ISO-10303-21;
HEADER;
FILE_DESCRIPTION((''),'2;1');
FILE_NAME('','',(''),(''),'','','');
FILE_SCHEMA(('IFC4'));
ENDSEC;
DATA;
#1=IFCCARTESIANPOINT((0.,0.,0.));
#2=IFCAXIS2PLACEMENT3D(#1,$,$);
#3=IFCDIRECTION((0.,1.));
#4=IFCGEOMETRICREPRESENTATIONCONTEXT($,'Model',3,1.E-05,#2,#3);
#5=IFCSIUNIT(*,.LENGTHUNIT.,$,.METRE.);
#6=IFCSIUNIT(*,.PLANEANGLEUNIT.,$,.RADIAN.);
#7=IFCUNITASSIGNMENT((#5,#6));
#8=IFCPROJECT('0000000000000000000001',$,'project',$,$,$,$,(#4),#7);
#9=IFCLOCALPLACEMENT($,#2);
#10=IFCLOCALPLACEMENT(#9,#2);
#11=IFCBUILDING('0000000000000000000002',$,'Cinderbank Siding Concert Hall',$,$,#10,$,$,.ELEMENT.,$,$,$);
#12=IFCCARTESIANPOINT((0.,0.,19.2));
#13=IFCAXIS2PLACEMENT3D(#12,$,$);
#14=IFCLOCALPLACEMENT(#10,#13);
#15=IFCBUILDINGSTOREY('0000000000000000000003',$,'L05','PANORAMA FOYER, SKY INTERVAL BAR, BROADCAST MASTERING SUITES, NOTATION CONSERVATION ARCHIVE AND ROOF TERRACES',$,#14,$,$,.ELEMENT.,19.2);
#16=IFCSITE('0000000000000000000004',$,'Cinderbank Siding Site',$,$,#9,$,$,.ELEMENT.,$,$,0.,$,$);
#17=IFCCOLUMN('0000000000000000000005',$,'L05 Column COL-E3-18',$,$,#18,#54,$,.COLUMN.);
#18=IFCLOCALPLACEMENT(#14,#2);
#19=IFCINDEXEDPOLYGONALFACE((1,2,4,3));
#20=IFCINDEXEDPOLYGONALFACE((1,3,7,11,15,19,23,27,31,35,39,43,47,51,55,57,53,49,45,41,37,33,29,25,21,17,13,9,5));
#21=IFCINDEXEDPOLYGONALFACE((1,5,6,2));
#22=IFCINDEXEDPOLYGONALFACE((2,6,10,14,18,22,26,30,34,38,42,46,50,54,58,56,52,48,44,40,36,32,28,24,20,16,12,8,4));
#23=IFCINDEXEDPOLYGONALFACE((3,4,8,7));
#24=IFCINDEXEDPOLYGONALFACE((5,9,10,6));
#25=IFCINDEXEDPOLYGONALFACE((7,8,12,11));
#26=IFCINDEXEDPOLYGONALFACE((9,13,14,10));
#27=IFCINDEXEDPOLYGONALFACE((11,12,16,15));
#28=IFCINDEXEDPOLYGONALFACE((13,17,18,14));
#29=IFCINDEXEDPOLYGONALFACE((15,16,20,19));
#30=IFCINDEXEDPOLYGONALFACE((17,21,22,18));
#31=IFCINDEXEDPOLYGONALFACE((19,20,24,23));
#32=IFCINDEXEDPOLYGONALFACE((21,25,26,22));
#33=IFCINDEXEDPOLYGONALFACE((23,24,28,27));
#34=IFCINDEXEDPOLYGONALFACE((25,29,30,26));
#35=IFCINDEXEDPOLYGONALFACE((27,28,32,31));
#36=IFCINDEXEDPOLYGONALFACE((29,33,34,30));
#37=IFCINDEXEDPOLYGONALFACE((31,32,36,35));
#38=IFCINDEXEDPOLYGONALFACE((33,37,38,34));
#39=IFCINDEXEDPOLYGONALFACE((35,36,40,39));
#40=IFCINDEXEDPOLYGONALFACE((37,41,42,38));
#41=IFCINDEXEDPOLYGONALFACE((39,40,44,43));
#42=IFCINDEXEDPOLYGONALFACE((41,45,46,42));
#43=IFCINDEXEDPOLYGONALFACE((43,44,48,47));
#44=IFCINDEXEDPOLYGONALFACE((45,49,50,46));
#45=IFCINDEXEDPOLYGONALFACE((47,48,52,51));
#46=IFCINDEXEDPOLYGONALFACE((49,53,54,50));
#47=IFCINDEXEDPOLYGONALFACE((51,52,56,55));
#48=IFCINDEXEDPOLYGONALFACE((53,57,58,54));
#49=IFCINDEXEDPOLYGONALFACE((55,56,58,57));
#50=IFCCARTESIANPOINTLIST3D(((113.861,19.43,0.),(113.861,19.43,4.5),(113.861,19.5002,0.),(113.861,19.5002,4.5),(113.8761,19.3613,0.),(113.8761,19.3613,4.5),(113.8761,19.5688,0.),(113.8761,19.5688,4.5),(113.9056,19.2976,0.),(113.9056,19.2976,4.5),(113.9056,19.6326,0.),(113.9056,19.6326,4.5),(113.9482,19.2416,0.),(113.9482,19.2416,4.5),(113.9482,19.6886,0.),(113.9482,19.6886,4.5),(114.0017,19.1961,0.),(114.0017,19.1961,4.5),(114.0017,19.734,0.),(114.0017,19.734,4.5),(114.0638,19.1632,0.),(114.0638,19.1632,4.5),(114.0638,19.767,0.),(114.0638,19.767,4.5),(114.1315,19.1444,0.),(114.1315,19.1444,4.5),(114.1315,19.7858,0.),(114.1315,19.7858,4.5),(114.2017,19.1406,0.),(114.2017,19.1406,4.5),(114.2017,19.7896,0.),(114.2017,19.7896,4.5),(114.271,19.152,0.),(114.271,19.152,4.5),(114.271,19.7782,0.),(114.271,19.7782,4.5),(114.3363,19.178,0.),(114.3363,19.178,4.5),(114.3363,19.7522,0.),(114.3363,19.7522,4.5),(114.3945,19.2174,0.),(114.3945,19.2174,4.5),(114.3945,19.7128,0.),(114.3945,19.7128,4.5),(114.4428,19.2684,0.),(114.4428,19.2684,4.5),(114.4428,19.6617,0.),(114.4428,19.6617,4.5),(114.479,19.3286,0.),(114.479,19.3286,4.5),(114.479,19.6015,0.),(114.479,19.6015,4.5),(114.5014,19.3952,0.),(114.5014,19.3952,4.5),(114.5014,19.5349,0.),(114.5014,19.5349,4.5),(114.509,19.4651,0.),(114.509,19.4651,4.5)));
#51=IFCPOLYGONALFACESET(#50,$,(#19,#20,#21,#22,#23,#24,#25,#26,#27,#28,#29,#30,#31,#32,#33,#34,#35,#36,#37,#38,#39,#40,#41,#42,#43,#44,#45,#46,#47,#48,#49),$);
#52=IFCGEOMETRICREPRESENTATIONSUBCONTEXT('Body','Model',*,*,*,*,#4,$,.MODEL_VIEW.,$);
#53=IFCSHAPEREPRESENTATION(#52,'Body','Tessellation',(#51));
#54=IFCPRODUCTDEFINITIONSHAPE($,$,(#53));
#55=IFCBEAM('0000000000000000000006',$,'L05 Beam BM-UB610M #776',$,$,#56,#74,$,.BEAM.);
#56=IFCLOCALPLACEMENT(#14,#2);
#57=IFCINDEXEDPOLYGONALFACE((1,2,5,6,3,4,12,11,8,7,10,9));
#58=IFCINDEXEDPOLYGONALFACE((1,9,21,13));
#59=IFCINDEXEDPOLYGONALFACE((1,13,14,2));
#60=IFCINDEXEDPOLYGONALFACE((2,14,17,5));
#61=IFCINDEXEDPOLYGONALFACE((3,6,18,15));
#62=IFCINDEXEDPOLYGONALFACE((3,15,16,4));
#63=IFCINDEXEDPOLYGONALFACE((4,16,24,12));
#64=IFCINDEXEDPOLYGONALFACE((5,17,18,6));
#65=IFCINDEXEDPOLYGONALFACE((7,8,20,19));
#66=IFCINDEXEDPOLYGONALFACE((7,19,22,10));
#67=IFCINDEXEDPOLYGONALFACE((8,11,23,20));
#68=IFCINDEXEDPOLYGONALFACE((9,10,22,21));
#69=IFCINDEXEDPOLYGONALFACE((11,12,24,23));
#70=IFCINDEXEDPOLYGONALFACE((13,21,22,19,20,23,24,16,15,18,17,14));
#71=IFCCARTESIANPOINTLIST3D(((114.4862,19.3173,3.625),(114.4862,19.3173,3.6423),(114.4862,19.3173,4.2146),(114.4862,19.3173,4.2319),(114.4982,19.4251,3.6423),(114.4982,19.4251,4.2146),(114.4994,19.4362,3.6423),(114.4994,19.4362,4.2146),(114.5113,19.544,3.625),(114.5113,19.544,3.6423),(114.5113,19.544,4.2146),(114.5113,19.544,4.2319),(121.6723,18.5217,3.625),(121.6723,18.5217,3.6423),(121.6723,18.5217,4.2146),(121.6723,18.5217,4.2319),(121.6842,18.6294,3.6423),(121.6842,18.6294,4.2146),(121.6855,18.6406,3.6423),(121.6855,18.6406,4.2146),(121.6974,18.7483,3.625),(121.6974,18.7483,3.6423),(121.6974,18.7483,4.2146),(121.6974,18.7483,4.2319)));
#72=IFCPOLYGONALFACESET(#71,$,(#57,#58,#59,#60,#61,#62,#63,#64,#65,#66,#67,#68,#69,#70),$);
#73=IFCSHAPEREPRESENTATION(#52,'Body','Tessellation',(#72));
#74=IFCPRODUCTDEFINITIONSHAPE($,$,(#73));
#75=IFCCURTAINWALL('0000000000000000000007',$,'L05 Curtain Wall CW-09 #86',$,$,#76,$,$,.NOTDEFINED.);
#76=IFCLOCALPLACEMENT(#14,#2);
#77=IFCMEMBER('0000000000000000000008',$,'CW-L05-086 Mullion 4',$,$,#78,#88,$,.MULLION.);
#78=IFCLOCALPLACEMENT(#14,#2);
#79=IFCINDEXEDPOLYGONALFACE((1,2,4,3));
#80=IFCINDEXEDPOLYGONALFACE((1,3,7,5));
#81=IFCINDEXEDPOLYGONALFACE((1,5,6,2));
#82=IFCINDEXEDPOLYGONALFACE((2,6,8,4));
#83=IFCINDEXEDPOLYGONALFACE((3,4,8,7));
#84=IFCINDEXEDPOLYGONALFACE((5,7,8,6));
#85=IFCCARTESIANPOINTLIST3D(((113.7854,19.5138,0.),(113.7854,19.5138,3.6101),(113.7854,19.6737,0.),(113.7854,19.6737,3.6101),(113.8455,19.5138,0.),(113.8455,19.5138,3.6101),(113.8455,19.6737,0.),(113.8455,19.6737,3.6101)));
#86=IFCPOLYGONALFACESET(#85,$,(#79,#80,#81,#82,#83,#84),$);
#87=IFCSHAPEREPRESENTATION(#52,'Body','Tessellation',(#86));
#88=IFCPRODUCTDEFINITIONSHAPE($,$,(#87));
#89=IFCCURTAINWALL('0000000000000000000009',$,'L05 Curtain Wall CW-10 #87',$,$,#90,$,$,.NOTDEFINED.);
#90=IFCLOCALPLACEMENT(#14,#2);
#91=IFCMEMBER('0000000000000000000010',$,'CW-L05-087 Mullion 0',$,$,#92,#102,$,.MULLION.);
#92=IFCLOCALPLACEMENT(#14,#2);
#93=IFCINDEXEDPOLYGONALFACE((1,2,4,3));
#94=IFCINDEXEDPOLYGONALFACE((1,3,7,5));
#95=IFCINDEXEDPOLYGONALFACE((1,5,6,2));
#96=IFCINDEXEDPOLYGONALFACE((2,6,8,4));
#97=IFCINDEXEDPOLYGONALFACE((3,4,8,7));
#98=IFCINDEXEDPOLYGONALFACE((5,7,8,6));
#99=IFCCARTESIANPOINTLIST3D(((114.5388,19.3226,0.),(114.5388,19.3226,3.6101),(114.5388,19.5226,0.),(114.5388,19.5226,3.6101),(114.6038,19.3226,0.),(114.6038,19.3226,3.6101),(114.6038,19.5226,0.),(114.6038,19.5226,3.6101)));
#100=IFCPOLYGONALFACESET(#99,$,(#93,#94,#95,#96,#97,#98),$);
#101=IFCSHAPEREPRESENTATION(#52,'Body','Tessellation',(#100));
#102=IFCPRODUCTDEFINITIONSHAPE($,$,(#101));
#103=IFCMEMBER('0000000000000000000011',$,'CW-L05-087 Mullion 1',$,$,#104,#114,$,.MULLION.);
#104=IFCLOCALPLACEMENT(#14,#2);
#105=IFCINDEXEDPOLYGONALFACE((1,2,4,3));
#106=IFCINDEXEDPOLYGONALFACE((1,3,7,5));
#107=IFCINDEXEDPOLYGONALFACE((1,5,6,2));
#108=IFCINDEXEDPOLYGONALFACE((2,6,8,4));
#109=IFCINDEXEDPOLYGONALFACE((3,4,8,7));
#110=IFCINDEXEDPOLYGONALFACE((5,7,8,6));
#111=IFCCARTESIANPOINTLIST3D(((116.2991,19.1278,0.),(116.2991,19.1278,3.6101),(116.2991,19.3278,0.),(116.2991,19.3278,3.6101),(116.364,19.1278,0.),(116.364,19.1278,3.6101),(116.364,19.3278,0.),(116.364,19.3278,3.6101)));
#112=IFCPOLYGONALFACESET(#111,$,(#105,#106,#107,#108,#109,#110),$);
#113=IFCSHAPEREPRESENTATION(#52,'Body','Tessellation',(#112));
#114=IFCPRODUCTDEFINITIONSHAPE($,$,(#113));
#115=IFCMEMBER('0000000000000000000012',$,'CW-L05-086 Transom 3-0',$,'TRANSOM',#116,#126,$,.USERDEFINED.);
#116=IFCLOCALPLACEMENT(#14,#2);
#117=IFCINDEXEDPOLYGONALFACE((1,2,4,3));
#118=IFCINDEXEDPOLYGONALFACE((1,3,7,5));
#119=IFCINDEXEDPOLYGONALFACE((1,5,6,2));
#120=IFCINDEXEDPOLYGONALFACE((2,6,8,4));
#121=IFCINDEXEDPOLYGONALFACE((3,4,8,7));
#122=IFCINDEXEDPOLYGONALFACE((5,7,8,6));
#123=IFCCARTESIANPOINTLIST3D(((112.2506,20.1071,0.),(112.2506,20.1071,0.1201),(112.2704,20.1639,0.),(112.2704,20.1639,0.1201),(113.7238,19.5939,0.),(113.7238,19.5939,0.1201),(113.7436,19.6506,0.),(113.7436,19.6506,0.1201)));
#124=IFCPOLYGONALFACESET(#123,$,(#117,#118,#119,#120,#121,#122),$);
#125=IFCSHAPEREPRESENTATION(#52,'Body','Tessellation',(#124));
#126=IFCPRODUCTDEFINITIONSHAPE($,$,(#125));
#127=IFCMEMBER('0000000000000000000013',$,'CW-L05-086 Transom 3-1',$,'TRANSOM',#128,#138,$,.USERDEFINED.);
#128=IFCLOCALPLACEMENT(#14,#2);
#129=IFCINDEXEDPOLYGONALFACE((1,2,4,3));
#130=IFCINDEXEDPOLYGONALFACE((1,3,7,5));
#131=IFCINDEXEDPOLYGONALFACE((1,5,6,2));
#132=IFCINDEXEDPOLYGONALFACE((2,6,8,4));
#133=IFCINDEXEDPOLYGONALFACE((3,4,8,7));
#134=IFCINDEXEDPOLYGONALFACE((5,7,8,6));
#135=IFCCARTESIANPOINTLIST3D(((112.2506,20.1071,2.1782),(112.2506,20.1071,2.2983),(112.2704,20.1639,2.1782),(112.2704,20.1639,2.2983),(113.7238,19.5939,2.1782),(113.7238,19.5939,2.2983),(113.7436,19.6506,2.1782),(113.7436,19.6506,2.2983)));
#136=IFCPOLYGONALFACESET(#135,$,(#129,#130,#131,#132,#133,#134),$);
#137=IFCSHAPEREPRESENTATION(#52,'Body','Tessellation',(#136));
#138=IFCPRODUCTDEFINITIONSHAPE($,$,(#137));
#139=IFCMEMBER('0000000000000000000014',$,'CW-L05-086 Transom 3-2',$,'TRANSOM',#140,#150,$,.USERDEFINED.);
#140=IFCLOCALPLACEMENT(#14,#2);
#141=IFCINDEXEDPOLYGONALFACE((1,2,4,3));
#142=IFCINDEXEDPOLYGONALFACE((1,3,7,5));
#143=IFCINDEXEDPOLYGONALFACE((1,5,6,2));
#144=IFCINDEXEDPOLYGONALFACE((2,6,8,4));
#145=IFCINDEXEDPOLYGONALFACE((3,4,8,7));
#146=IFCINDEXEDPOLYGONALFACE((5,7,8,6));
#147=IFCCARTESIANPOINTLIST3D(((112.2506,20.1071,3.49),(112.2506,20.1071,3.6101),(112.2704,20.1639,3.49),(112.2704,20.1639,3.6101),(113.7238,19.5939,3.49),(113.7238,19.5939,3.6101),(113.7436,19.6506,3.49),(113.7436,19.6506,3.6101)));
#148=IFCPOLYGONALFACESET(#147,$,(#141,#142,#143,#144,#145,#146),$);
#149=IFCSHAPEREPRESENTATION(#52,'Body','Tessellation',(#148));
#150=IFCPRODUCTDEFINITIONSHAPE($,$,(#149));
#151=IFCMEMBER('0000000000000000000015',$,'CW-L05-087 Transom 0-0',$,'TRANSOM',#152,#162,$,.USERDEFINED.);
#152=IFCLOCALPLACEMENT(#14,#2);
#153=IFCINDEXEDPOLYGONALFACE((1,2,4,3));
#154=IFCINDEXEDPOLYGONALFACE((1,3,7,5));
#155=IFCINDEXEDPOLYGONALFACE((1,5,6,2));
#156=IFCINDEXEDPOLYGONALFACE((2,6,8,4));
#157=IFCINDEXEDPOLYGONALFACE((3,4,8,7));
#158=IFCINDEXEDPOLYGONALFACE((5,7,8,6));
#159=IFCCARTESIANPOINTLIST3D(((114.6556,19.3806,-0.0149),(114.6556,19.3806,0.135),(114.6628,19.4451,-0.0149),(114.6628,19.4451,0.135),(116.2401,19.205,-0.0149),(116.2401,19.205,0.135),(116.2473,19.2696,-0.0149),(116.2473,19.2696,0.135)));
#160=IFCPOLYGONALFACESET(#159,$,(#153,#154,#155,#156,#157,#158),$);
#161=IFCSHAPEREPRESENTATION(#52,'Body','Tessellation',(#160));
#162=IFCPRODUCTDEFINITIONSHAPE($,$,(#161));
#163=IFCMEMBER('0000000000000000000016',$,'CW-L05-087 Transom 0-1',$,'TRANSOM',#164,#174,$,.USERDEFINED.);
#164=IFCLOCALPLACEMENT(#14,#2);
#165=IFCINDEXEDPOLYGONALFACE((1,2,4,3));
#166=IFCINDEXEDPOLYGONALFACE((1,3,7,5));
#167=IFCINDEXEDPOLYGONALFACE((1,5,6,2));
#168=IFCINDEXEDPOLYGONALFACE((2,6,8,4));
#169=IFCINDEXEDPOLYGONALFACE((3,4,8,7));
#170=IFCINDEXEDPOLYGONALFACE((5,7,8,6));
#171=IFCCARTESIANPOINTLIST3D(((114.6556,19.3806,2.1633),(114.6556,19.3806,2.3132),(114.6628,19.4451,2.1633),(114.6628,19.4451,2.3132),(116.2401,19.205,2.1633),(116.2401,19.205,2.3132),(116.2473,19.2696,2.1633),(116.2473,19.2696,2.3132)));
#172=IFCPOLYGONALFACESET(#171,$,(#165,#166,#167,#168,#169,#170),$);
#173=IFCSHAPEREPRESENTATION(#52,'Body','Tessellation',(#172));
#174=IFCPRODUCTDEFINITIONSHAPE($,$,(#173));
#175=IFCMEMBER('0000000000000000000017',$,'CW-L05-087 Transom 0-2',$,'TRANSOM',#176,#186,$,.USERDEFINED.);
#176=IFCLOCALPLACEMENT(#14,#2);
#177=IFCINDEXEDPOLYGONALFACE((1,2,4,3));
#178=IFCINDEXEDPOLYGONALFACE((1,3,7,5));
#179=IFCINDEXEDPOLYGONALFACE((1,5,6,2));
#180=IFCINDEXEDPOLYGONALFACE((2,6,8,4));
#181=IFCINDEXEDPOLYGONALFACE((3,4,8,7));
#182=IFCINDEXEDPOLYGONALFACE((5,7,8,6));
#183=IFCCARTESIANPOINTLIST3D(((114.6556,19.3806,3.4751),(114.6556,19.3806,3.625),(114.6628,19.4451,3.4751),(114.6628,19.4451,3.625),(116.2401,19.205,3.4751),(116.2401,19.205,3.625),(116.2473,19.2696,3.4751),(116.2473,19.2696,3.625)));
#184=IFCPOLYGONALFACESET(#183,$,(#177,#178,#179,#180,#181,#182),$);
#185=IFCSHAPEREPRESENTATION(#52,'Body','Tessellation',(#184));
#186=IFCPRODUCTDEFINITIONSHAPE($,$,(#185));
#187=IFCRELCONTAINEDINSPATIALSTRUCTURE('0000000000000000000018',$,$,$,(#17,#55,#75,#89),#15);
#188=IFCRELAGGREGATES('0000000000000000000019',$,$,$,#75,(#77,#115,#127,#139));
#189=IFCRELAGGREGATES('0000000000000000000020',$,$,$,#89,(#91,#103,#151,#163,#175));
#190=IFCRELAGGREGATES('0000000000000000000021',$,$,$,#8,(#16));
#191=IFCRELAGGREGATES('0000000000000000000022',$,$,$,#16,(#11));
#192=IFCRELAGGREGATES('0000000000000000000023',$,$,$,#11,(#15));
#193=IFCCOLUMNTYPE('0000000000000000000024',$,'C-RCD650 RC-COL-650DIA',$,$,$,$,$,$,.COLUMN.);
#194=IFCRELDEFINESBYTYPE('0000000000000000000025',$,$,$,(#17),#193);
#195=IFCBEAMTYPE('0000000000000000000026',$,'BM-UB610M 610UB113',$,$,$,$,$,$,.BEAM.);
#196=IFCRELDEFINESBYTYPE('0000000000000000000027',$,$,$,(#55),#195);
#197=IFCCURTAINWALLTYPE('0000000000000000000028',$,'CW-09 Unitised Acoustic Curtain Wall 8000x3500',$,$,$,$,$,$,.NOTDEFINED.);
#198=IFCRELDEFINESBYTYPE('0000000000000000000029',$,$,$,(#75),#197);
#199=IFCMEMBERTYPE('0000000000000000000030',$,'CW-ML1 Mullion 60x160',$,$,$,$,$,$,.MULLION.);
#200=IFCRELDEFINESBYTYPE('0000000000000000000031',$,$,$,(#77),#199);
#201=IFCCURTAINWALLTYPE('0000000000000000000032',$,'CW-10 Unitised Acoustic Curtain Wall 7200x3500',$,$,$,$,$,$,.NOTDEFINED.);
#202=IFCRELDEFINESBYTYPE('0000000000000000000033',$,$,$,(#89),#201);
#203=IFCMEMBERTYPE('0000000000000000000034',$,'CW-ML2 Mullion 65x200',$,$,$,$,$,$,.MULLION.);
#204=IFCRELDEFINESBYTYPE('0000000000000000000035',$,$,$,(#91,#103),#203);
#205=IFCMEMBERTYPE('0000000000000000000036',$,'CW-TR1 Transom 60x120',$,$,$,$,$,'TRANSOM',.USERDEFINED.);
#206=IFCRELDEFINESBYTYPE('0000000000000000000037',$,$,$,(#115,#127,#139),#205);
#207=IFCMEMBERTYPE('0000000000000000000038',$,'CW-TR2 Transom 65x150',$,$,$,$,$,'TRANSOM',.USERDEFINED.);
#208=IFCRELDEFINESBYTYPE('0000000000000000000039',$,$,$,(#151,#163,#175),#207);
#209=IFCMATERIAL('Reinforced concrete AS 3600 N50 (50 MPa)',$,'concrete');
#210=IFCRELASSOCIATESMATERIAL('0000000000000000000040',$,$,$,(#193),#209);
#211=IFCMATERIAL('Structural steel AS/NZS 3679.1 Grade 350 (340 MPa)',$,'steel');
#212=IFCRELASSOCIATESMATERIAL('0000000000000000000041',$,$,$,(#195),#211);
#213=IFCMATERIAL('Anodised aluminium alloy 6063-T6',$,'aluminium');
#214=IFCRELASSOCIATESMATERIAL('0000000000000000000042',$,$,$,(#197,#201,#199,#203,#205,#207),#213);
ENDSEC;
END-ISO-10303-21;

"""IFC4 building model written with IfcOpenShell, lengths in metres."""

from ifc_helpers import new_model, si_unit, direction, frame, origin, origin_2d, place, context, subcontext, project, spatial, rectangle, circle, i_section, extrude, material, material_profile, profile_set, type_object, element, aggregate, save


model = new_model("IFC4")

# Units and contexts
model_context = context("Model", 3, precision=1e-05, world=origin(), true_north=direction((0.0, 1.0)))
body_context = subcontext(model_context, "Body", "Model", "MODEL_VIEW")
ifc_project = project(units=[si_unit("LENGTHUNIT", "METRE"), si_unit("PLANEANGLEUNIT", "RADIAN")], contexts=[model_context])

# Site, building, storey
site_placement = place(None, origin())
site = spatial("IfcSite", under=ifc_project, at=site_placement, Name="Cinderbank Siding Site", CompositionType="ELEMENT", RefElevation=0.0)
building_placement = place(site_placement, origin())
building = spatial("IfcBuilding", under=site, at=building_placement, Name="Cinderbank Siding Concert Hall", CompositionType="ELEMENT")
storey_placement = place(building_placement, frame((0.0, 0.0, 19.2)))
storey = spatial("IfcBuildingStorey", under=building, at=storey_placement, Name="L05", Description="PANORAMA FOYER, SKY INTERVAL BAR, BROADCAST MASTERING SUITES, NOTATION CONSERVATION ARCHIVE AND ROOF TERRACES", CompositionType="ELEMENT", Elevation=19.2)

# Column
ifc_material_1 = material(Name="Reinforced concrete AS 3600 N50 (50 MPa)", Category="concrete")
ifc_material_profile_1 = material_profile(ifc_material_1, circle(Radius=0.325, at=origin_2d()), Name="RC-COL-650DIA", Category="LoadBearing")
ifc_profile_set_1 = profile_set([ifc_material_profile_1], Name="Reinforced concrete AS 3600 N50 (50 MPa)")
column_type = type_object("IfcColumnType", Name="C-RCD650 RC-COL-650DIA", PredefinedType="COLUMN", material=ifc_profile_set_1)
column_placement = place(storey_placement, frame((114.1841, 19.4651, 0.0), z_axis=(0.0, 0.0, 1.0), x_axis=(1.0, 0.0, 0.0)))
element("IfcColumn", 1, at=column_placement, inside=storey, type_object=column_type, Name="L05 Column COL-E3-18", PredefinedType="COLUMN", context=body_context, shape_type="SweptSolid", body=[
    extrude(circle(Radius=0.325, at=origin_2d()), origin(), (0.0, 0.0, 1.0), 4.5),
])

# Beam
ifc_material_2 = material(Name="Structural steel AS/NZS 3679.1 Grade 350 (340 MPa)", Category="steel")
ifc_material_profile_2 = material_profile(ifc_material_2, i_section(OverallWidth=0.228, OverallDepth=0.6069, WebThickness=0.0112, FlangeThickness=0.0173, at=origin_2d()), Name="610UB113", Category="LoadBearing")
ifc_profile_set_2 = profile_set([ifc_material_profile_2], Name="Structural steel AS/NZS 3679.1 Grade 350 (340 MPa)")
beam_type = type_object("IfcBeamType", Name="BM-UB610M 610UB113", PredefinedType="BEAM", material=ifc_profile_set_2)
beam_placement = place(storey_placement, frame((114.4988, 19.4307, 3.9285), z_axis=(0.993926, -0.11005, 0.0), x_axis=(0.11005, 0.993926, 0.0)))
element("IfcBeam", 2, at=beam_placement, inside=storey, type_object=beam_type, Name="L05 Beam BM-UB610M #776", PredefinedType="BEAM", context=body_context, shape_type="SweptSolid", body=[
    extrude(i_section(OverallWidth=0.228, OverallDepth=0.6069, WebThickness=0.0112, FlangeThickness=0.0173, at=origin_2d()), origin(), (0.0, 0.0, 1.0), 7.23),
])

# Curtain wall, member
ifc_material_3 = material(Name="Anodised aluminium alloy 6063-T6", Category="aluminium")
curtain_wall_type_1 = type_object("IfcCurtainWallType", Name="CW-09 Unitised Acoustic Curtain Wall 8000x3500", PredefinedType="NOTDEFINED", material=ifc_material_3)
curtain_wall_1_placement = place(storey_placement, origin())
curtain_wall_1 = element("IfcCurtainWall", 3, at=curtain_wall_1_placement, inside=storey, type_object=curtain_wall_type_1, Name="L05 Curtain Wall CW-09 #86", PredefinedType="NOTDEFINED")
ifc_material_profile_3 = material_profile(ifc_material_3, rectangle(XDim=0.0601, YDim=0.1599, at=origin_2d()), Name="ALU-MULL-60x160", Category="LoadBearing")
ifc_profile_set_3 = profile_set([ifc_material_profile_3], Name="Anodised aluminium alloy 6063-T6")
member_type_1 = type_object("IfcMemberType", Name="CW-ML1 Mullion 60x160", PredefinedType="MULLION", material=ifc_profile_set_3)
member_1_placement = place(storey_placement, frame((113.8154, 19.5938, 0.0), z_axis=(0.0, 0.0, 1.0), x_axis=(1.0, 0.0, 0.0)))
member_1 = element("IfcMember", 4, at=member_1_placement, type_object=member_type_1, Name="CW-L05-086 Mullion 4", PredefinedType="MULLION", context=body_context, shape_type="SweptSolid", body=[
    extrude(rectangle(XDim=0.0601, YDim=0.1599, at=origin_2d()), origin(), (0.0, 0.0, 1.0), 3.6101),
])

# Curtain wall, members
curtain_wall_type_2 = type_object("IfcCurtainWallType", Name="CW-10 Unitised Acoustic Curtain Wall 7200x3500", PredefinedType="NOTDEFINED", material=ifc_material_3)
curtain_wall_2_placement = place(storey_placement, origin())
curtain_wall_2 = element("IfcCurtainWall", 5, at=curtain_wall_2_placement, inside=storey, type_object=curtain_wall_type_2, Name="L05 Curtain Wall CW-10 #87", PredefinedType="NOTDEFINED")
ifc_material_profile_4 = material_profile(ifc_material_3, rectangle(XDim=0.0649, YDim=0.2, at=origin_2d()), Name="ALU-MULL-65x200", Category="LoadBearing")
ifc_profile_set_4 = profile_set([ifc_material_profile_4], Name="Anodised aluminium alloy 6063-T6")
member_type_2 = type_object("IfcMemberType", Name="CW-ML2 Mullion 65x200", PredefinedType="MULLION", material=ifc_profile_set_4)
member_2_placement = place(storey_placement, frame((114.5713, 19.4226, 0.0), z_axis=(0.0, 0.0, 1.0), x_axis=(1.0, 0.0, 0.0)))
member_2 = element("IfcMember", 6, at=member_2_placement, type_object=member_type_2, Name="CW-L05-087 Mullion 0", PredefinedType="MULLION", context=body_context, shape_type="SweptSolid", body=[
    extrude(rectangle(XDim=0.0649, YDim=0.2, at=origin_2d()), origin(), (0.0, 0.0, 1.0), 3.6101),
])
member_3_placement = place(storey_placement, frame((116.3315, 19.2278, 0.0), z_axis=(0.0, 0.0, 1.0), x_axis=(1.0, 0.0, 0.0)))
member_3 = element("IfcMember", 7, at=member_3_placement, type_object=member_type_2, Name="CW-L05-087 Mullion 1", PredefinedType="MULLION", context=body_context, shape_type="SweptSolid", body=[
    extrude(rectangle(XDim=0.0649, YDim=0.2, at=origin_2d()), origin(), (0.0, 0.0, 1.0), 3.6101),
])

# Members
ifc_material_profile_5 = material_profile(ifc_material_3, rectangle(XDim=0.0601, YDim=0.1201, at=origin_2d()), Name="ALU-TRAN-60x120", Category="LoadBearing")
ifc_profile_set_5 = profile_set([ifc_material_profile_5], Name="Anodised aluminium alloy 6063-T6")
member_type_3 = type_object("IfcMemberType", Name="CW-TR1 Transom 60x120", ElementType="TRANSOM", PredefinedType="USERDEFINED", material=ifc_profile_set_5)
member_4_placement = place(storey_placement, frame((112.2605, 20.1355, 0.0601), z_axis=(0.94434, -0.32897, 0.0), x_axis=(0.32897, 0.94434, 0.0)))
member_4 = element("IfcMember", 8, at=member_4_placement, type_object=member_type_3, Name="CW-L05-086 Transom 3-0", ObjectType="TRANSOM", PredefinedType="USERDEFINED", context=body_context, shape_type="SweptSolid", body=[
    extrude(rectangle(XDim=0.0601, YDim=0.1201, at=origin_2d()), origin(), (0.0, 0.0, 1.0), 1.5601),
])
member_5_placement = place(storey_placement, frame((112.2605, 20.1355, 2.2383), z_axis=(0.94434, -0.32897, 0.0), x_axis=(0.32897, 0.94434, 0.0)))
member_5 = element("IfcMember", 9, at=member_5_placement, type_object=member_type_3, Name="CW-L05-086 Transom 3-1", ObjectType="TRANSOM", PredefinedType="USERDEFINED", context=body_context, shape_type="SweptSolid", body=[
    extrude(rectangle(XDim=0.0601, YDim=0.1201, at=origin_2d()), origin(), (0.0, 0.0, 1.0), 1.5601),
])
member_6_placement = place(storey_placement, frame((112.2605, 20.1355, 3.55), z_axis=(0.94434, -0.32897, 0.0), x_axis=(0.32897, 0.94434, 0.0)))
member_6 = element("IfcMember", 10, at=member_6_placement, type_object=member_type_3, Name="CW-L05-086 Transom 3-2", ObjectType="TRANSOM", PredefinedType="USERDEFINED", context=body_context, shape_type="SweptSolid", body=[
    extrude(rectangle(XDim=0.0601, YDim=0.1201, at=origin_2d()), origin(), (0.0, 0.0, 1.0), 1.5601),
])
ifc_material_profile_6 = material_profile(ifc_material_3, rectangle(XDim=0.0649, YDim=0.1499, at=origin_2d()), Name="ALU-TRAN-65x150", Category="LoadBearing")
ifc_profile_set_6 = profile_set([ifc_material_profile_6], Name="Anodised aluminium alloy 6063-T6")
member_type_4 = type_object("IfcMemberType", Name="CW-TR2 Transom 65x150", ElementType="TRANSOM", PredefinedType="USERDEFINED", material=ifc_profile_set_6)
member_7_placement = place(storey_placement, frame((114.6592, 19.4128, 0.0601), z_axis=(0.993919, -0.110112, 0.0), x_axis=(0.110112, 0.993919, 0.0)))
member_7 = element("IfcMember", 11, at=member_7_placement, type_object=member_type_4, Name="CW-L05-087 Transom 0-0", ObjectType="TRANSOM", PredefinedType="USERDEFINED", context=body_context, shape_type="SweptSolid", body=[
    extrude(rectangle(XDim=0.0649, YDim=0.1499, at=origin_2d()), origin(), (0.0, 0.0, 1.0), 1.5942),
])
member_8_placement = place(storey_placement, frame((114.6592, 19.4128, 2.2383), z_axis=(0.993919, -0.110112, 0.0), x_axis=(0.110112, 0.993919, 0.0)))
member_8 = element("IfcMember", 12, at=member_8_placement, type_object=member_type_4, Name="CW-L05-087 Transom 0-1", ObjectType="TRANSOM", PredefinedType="USERDEFINED", context=body_context, shape_type="SweptSolid", body=[
    extrude(rectangle(XDim=0.0649, YDim=0.1499, at=origin_2d()), origin(), (0.0, 0.0, 1.0), 1.5942),
])
member_9_placement = place(storey_placement, frame((114.6592, 19.4128, 3.55), z_axis=(0.993919, -0.110112, 0.0), x_axis=(0.110112, 0.993919, 0.0)))
member_9 = element("IfcMember", 13, at=member_9_placement, type_object=member_type_4, Name="CW-L05-087 Transom 0-2", ObjectType="TRANSOM", PredefinedType="USERDEFINED", context=body_context, shape_type="SweptSolid", body=[
    extrude(rectangle(XDim=0.0649, YDim=0.1499, at=origin_2d()), origin(), (0.0, 0.0, 1.0), 1.5942),
])

aggregate(curtain_wall_1, [member_1, member_4, member_5, member_6])
aggregate(curtain_wall_2, [member_2, member_3, member_7, member_8, member_9])

save(model, "model.ifc")
